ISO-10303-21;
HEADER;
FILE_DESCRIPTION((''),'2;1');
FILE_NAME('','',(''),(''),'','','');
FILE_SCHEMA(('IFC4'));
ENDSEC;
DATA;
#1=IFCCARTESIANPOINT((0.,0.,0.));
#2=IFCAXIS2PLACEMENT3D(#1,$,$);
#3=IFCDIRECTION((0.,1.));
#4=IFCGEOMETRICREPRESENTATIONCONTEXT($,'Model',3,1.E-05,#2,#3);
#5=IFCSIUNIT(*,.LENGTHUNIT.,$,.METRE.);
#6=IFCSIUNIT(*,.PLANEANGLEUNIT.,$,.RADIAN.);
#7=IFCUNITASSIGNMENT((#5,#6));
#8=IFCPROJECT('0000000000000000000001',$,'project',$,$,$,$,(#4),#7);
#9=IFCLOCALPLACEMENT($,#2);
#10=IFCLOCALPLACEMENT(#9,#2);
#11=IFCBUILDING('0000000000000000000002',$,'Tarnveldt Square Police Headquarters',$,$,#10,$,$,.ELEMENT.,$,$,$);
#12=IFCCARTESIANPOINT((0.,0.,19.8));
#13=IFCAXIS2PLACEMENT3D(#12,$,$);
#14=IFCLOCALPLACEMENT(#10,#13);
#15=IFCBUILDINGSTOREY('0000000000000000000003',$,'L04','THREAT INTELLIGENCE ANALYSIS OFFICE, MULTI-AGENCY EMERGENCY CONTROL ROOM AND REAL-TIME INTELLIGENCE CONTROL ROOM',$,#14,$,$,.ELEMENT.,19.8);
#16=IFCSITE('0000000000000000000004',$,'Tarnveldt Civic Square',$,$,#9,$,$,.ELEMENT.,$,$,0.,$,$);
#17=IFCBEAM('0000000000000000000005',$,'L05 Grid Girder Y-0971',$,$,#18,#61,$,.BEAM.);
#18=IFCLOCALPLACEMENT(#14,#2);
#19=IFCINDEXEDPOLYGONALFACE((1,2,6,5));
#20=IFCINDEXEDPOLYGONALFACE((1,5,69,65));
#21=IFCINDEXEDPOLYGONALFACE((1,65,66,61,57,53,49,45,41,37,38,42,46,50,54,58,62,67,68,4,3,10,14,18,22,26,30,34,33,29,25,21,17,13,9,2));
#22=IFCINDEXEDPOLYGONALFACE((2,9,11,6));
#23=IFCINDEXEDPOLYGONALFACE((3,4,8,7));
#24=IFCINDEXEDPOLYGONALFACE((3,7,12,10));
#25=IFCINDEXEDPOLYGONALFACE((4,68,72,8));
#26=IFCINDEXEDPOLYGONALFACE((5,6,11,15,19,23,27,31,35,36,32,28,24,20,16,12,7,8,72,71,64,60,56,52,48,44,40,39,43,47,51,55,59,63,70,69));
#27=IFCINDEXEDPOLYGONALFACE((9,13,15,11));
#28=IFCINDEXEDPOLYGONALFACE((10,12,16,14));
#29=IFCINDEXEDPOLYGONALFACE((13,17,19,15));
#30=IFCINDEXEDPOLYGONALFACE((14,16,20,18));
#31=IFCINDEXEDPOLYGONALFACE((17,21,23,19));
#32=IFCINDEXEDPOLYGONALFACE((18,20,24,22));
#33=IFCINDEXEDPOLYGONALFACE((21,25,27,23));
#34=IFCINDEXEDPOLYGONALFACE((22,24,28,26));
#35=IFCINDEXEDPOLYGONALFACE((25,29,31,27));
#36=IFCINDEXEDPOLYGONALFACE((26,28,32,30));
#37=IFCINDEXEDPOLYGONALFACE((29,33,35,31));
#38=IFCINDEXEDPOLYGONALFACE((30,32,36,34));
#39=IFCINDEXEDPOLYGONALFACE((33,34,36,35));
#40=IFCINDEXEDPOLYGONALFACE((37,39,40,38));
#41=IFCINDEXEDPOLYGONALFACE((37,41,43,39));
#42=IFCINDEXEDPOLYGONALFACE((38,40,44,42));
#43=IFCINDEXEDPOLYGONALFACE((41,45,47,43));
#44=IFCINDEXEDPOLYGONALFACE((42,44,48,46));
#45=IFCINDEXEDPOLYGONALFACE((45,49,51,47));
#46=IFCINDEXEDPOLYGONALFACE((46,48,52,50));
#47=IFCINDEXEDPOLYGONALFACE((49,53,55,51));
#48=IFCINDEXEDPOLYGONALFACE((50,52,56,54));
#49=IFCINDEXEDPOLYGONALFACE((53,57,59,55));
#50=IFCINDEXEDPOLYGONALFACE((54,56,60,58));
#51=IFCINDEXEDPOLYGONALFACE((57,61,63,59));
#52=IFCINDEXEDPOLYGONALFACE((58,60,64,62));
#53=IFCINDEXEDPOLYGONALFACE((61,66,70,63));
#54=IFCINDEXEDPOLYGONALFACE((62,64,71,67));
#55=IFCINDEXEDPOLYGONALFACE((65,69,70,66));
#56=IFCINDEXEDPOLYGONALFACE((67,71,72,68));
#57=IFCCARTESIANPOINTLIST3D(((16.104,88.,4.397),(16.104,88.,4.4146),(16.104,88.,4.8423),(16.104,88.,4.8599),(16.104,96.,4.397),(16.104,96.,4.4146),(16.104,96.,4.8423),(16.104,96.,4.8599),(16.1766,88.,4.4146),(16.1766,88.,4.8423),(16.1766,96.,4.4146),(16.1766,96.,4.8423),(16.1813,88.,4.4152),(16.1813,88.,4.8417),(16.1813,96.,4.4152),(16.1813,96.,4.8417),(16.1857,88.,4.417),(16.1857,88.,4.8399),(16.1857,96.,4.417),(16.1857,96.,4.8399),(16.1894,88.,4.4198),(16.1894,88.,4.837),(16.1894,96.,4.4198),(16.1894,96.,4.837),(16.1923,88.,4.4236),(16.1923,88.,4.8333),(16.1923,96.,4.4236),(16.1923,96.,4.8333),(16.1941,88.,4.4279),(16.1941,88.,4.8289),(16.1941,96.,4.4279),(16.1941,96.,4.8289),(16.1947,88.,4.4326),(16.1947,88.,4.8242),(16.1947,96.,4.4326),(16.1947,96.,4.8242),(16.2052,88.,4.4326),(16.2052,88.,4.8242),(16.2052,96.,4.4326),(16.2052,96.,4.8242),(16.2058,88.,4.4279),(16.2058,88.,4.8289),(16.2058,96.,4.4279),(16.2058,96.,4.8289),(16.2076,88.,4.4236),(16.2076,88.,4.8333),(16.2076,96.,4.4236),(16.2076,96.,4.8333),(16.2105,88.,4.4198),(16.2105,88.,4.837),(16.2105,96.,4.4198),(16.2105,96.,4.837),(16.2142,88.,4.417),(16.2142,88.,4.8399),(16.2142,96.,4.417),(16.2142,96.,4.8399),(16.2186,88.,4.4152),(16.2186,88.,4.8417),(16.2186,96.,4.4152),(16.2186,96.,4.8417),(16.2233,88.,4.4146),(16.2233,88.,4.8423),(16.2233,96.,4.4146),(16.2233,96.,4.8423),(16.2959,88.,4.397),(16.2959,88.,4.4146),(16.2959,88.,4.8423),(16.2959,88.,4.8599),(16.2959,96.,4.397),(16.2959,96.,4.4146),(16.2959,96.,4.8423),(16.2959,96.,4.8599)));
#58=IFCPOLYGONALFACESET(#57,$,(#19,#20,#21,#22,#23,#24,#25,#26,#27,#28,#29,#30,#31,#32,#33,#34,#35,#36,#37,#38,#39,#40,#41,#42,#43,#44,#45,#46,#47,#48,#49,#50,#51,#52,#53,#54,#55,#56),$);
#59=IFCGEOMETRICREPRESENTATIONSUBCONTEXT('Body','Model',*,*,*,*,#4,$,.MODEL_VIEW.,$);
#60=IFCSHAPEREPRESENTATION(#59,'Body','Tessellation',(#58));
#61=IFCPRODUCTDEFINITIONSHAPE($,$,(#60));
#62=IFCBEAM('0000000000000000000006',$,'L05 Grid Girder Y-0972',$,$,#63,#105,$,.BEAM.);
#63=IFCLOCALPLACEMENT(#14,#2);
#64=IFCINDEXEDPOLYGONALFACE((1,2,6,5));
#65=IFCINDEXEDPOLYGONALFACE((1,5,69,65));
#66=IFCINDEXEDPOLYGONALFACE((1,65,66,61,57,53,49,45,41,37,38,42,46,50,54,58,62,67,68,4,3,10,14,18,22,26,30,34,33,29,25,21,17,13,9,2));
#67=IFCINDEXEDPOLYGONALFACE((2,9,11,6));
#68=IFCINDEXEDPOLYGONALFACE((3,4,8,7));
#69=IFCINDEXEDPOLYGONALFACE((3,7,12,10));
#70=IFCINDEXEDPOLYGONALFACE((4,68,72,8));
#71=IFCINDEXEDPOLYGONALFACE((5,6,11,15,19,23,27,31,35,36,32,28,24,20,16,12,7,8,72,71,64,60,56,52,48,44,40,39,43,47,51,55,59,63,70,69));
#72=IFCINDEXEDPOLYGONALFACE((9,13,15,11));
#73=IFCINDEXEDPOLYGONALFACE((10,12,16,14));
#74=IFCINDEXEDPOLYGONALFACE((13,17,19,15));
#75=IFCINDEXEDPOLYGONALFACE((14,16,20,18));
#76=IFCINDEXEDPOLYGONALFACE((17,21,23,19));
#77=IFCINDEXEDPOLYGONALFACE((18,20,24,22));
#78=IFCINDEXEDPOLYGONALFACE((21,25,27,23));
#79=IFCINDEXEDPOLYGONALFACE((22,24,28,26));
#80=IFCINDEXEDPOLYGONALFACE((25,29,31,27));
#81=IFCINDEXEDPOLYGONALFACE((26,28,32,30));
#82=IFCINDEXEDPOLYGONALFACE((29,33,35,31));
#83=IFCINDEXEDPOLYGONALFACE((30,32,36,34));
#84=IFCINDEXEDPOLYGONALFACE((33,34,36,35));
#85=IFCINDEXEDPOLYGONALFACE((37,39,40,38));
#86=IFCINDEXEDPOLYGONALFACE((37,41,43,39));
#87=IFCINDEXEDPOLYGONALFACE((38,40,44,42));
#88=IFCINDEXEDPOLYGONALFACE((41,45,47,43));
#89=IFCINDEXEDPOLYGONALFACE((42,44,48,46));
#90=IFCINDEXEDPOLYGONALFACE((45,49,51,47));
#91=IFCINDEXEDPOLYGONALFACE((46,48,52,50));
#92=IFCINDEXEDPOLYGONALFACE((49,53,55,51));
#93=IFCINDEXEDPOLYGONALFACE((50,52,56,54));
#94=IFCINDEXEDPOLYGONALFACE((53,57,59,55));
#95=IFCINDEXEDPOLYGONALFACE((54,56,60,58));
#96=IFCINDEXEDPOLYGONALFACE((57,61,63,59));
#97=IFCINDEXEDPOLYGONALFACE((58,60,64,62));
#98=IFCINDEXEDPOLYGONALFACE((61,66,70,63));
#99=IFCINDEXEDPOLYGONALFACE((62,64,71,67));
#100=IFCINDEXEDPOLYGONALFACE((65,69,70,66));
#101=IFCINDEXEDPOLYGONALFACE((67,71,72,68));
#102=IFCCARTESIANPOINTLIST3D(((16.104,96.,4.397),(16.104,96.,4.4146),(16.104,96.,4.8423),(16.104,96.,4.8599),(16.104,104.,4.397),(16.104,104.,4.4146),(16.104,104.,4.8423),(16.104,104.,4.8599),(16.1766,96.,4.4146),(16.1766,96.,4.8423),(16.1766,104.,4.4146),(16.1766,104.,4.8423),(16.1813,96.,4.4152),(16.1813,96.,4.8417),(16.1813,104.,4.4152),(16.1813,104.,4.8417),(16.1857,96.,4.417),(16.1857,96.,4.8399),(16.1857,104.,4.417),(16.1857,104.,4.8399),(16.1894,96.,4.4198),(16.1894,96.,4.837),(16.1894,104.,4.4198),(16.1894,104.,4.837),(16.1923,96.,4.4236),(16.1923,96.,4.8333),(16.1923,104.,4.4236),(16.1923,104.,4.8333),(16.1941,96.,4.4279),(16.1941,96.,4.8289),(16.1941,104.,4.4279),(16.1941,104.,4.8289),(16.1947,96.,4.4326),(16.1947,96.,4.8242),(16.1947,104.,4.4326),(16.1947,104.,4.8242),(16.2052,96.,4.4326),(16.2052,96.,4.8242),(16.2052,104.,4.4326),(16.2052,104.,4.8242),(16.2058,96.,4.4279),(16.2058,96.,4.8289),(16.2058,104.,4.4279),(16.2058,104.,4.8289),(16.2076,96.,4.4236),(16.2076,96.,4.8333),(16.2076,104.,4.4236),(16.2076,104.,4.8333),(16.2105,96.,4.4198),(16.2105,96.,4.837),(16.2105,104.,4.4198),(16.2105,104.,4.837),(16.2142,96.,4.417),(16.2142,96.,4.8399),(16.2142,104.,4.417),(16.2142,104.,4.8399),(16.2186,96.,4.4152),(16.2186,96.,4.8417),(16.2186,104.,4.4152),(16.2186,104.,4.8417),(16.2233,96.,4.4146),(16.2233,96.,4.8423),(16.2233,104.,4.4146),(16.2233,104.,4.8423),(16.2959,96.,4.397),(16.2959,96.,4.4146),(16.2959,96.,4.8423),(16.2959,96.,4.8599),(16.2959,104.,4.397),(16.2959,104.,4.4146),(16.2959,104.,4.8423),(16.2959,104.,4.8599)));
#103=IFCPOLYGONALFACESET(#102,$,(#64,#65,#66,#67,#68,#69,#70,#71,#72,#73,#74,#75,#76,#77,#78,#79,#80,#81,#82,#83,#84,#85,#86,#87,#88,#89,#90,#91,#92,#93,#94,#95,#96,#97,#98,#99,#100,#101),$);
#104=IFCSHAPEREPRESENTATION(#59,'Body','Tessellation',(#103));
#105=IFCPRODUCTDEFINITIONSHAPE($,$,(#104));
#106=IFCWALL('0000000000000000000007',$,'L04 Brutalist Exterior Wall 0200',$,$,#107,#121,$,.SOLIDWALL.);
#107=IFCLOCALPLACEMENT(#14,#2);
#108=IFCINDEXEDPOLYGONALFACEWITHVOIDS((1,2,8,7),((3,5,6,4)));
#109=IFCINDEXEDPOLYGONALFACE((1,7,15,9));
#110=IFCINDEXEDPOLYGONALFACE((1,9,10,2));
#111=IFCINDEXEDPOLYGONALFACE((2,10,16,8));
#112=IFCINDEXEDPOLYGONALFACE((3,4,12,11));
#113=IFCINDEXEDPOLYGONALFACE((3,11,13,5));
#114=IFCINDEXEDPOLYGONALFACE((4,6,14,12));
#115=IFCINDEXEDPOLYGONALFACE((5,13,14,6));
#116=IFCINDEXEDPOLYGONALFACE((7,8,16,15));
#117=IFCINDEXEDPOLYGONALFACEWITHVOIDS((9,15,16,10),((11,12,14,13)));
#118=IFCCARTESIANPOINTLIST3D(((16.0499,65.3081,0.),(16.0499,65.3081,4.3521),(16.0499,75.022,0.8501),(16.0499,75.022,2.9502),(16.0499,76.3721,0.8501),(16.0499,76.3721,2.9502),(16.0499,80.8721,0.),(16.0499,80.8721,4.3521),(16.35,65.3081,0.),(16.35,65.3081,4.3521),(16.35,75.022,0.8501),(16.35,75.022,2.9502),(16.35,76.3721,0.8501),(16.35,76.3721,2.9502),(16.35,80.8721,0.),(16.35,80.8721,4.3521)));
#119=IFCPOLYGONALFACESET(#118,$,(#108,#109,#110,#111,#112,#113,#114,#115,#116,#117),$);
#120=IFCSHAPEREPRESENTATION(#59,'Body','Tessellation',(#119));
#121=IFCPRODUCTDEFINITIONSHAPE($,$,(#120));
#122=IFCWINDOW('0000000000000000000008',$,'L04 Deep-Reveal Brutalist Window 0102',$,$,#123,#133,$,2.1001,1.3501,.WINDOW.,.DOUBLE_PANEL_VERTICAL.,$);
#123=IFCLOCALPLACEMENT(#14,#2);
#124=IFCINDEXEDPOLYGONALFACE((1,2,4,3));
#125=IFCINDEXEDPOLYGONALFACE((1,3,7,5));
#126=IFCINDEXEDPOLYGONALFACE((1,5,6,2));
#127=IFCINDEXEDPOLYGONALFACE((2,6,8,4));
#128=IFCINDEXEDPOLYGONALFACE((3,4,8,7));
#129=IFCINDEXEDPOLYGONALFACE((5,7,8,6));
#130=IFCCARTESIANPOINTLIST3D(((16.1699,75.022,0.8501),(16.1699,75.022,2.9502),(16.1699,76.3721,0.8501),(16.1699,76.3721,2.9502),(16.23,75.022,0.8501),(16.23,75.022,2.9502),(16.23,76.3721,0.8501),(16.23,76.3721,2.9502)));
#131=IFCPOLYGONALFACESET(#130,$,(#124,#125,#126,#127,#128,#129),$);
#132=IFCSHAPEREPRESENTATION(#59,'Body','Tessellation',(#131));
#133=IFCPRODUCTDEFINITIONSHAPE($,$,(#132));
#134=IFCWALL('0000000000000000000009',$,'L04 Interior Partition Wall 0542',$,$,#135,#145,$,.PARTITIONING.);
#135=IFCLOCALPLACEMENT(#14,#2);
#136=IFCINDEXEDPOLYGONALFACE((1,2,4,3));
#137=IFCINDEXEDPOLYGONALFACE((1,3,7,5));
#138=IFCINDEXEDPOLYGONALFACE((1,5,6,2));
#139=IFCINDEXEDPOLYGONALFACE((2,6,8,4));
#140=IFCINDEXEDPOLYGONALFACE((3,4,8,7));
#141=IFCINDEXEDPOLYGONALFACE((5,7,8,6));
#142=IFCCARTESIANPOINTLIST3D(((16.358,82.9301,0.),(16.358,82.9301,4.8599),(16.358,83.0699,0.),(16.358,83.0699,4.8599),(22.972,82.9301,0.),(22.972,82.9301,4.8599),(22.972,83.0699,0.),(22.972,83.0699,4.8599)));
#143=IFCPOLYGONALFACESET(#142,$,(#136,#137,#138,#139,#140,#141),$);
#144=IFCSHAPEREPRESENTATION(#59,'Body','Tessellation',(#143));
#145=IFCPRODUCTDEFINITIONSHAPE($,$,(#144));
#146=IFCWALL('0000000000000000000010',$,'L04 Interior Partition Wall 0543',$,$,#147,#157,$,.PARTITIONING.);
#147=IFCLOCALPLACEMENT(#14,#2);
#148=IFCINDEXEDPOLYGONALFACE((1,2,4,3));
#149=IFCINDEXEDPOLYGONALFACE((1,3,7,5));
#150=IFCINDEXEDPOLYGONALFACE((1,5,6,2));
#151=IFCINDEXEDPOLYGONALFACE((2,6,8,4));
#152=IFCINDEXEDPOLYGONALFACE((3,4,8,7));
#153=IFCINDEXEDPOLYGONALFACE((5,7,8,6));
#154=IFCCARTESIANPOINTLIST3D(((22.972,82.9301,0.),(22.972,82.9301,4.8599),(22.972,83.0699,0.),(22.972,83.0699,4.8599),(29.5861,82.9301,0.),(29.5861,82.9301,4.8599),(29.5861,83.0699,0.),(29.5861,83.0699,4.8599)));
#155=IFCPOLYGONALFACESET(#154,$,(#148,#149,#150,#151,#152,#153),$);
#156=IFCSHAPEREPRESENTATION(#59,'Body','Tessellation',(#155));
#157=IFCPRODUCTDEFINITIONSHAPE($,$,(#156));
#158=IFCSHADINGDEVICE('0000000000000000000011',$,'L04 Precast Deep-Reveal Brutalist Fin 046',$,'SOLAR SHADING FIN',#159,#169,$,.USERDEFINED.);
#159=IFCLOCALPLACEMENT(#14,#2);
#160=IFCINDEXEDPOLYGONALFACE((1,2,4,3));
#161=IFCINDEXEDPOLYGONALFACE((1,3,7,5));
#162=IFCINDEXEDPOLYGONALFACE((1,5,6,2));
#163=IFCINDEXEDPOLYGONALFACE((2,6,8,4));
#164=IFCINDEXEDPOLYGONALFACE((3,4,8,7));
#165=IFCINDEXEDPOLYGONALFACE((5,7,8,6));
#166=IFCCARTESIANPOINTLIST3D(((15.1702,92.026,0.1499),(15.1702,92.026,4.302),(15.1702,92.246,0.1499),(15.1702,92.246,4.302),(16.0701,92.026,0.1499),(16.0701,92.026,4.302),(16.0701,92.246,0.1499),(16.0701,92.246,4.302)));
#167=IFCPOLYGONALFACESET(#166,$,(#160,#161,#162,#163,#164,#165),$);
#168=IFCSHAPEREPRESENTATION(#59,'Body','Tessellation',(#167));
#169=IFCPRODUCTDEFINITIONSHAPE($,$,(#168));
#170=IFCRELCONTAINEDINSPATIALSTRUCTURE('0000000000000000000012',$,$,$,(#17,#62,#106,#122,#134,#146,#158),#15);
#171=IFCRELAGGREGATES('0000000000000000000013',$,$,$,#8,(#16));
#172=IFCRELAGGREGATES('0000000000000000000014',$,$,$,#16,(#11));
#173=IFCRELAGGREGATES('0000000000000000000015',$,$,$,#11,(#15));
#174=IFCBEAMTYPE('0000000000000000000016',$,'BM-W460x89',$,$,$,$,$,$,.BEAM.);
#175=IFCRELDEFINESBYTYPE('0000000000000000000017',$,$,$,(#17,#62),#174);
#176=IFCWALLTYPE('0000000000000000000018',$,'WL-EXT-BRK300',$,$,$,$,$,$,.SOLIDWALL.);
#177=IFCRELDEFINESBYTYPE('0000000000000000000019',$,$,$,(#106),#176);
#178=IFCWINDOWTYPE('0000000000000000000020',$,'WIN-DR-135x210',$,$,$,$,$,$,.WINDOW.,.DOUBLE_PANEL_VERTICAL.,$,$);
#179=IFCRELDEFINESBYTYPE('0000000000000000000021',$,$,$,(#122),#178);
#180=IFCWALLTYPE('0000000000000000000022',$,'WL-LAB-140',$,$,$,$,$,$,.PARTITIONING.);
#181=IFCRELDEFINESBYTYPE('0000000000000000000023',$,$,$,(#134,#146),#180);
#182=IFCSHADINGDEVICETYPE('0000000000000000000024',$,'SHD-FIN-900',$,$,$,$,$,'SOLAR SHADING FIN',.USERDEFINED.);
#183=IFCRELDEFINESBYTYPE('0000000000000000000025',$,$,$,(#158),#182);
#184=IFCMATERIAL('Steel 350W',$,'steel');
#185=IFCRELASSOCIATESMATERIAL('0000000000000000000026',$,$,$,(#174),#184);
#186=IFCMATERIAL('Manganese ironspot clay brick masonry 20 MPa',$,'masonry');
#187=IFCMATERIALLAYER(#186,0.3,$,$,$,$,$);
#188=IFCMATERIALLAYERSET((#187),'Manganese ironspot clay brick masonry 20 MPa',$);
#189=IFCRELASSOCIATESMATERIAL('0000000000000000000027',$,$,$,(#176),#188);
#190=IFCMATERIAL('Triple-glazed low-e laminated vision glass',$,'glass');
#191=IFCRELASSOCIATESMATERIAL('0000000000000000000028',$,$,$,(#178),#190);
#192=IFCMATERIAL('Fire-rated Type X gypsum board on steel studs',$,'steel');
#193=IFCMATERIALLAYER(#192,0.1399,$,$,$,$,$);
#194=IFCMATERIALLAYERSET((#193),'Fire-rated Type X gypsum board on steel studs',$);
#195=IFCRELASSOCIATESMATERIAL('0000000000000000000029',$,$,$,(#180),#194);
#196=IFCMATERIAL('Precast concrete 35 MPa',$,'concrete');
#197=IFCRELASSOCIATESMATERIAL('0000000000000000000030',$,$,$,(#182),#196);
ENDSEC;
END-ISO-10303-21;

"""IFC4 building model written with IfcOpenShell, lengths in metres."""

from ifc_helpers import new_model, si_unit, direction, frame, frame_2d, origin, origin_2d, place, context, subcontext, project, spatial, rectangle, i_section, extrude, material, layer, layer_set, material_profile, profile_set, type_object, element, fill, save


model = new_model("IFC4")

# Units and contexts
model_context = context("Model", 3, precision=1e-05, world=origin(), true_north=direction((0.0, 1.0)))
body_context = subcontext(model_context, "Body", "Model", "MODEL_VIEW")
ifc_project = project(units=[si_unit("LENGTHUNIT", "METRE"), si_unit("PLANEANGLEUNIT", "RADIAN")], contexts=[model_context])

# Site, building, storey
site_placement = place(None, origin())
site = spatial("IfcSite", under=ifc_project, at=site_placement, Name="Tarnveldt Civic Square", CompositionType="ELEMENT", RefElevation=0.0)
building_placement = place(site_placement, origin())
building = spatial("IfcBuilding", under=site, at=building_placement, Name="Tarnveldt Square Police Headquarters", CompositionType="ELEMENT")
storey_placement = place(building_placement, frame((0.0, 0.0, 19.8)))
storey = spatial("IfcBuildingStorey", under=building, at=storey_placement, Name="L04", Description="THREAT INTELLIGENCE ANALYSIS OFFICE, MULTI-AGENCY EMERGENCY CONTROL ROOM AND REAL-TIME INTELLIGENCE CONTROL ROOM", CompositionType="ELEMENT", Elevation=19.8)

# Beams
ifc_material_1 = material(Name="Steel 350W", Category="steel")
ifc_material_profile_1 = material_profile(ifc_material_1, i_section(OverallWidth=0.1919, OverallDepth=0.4629, WebThickness=0.0105, FlangeThickness=0.0176, FilletRadius=0.0181, at=origin_2d()), Name="W460x89")
ifc_profile_set_1 = profile_set([ifc_material_profile_1], Name="Steel 350W")
beam_type_1 = type_object("IfcBeamType", Name="BM-W460x89", PredefinedType="BEAM", material=ifc_profile_set_1)
for number, where, z_axis, x_axis, name in (
    (1, (16.2, 88.0, 4.6284), (0.0, 1.0, 0.0), (-1.0, 0.0, 0.0), "L05 Grid Girder Y-0971"),
    (2, (16.2, 96.0, 4.6284), (0.0, 1.0, 0.0), (-1.0, 0.0, 0.0), "L05 Grid Girder Y-0972"),
):
    element("IfcBeam", number, at=place(storey_placement, frame(where, z_axis=z_axis, x_axis=x_axis)), inside=storey, type_object=beam_type_1, Name=name, PredefinedType="BEAM", context=body_context, shape_type="SweptSolid", body=[
        extrude(i_section(OverallWidth=0.1919, OverallDepth=0.4629, WebThickness=0.0105, FlangeThickness=0.0176, FilletRadius=0.0181, at=origin_2d()), origin(), (0.0, 0.0, 1.0), 8.0),
    ])

# Wall, opening, window
ifc_material_2 = material(Name="Manganese ironspot clay brick masonry 20 MPa", Category="masonry")
ifc_layer_1 = layer(ifc_material_2, 0.3)
ifc_layer_set_1 = layer_set([ifc_layer_1], Name="Manganese ironspot clay brick masonry 20 MPa")
wall_type_1 = type_object("IfcWallType", Name="WL-EXT-BRK300", PredefinedType="SOLIDWALL", material=ifc_layer_set_1)
wall_placement = place(storey_placement, frame((16.2, 80.8721, 0.0), z_axis=(0.0, 0.0, 1.0), x_axis=(0.0, -1.0, 0.0)))
wall = element("IfcWall", 3, at=wall_placement, inside=storey, type_object=wall_type_1, Name="L04 Brutalist Exterior Wall 0200", PredefinedType="SOLIDWALL", context=body_context, shape_type="SweptSolid", body=[
    extrude(rectangle(XDim=15.564, YDim=0.3, at=frame_2d((7.782, 0.0))), origin(), (0.0, 0.0, 1.0), 4.3521),
])
opening_placement = place(wall_placement, frame((4.5, 0.0, 0.8501)))
opening = element("IfcOpeningElement", 4, at=opening_placement, cuts=wall, PredefinedType="OPENING", context=body_context, shape_type="SweptSolid", body=[
    extrude(rectangle(XDim=1.3501, YDim=2.1001, at=frame_2d((0.675, 1.05))), frame((0.0, 0.1599, 0.0), z_axis=(0.0, -1.0, 0.0), x_axis=(1.0, 0.0, 0.0)), (0.0, 0.0, 1.0), 0.3201),
])
ifc_material_3 = material(Name="Triple-glazed low-e laminated vision glass", Category="glass")
window_type = type_object("IfcWindowType", Name="WIN-DR-135x210", PartitioningType="DOUBLE_PANEL_VERTICAL", PredefinedType="WINDOW", material=ifc_material_3)
window_placement = place(opening_placement, origin())
window = element("IfcWindow", 5, at=window_placement, inside=storey, type_object=window_type, Name="L04 Deep-Reveal Brutalist Window 0102", OverallHeight=2.1001, OverallWidth=1.3501, PartitioningType="DOUBLE_PANEL_VERTICAL", PredefinedType="WINDOW", context=body_context, shape_type="SweptSolid", body=[
    extrude(rectangle(XDim=1.3501, YDim=2.1001, at=frame_2d((0.675, 1.05))), frame((0.0, 0.03, 0.0), z_axis=(0.0, -1.0, 0.0), x_axis=(1.0, 0.0, 0.0)), (0.0, 0.0, 1.0), 0.0601),
])
fill(opening, window)

# Walls
ifc_material_4 = material(Name="Fire-rated Type X gypsum board on steel studs", Category="steel")
ifc_layer_2 = layer(ifc_material_4, 0.1399)
ifc_layer_set_2 = layer_set([ifc_layer_2], Name="Fire-rated Type X gypsum board on steel studs")
wall_type_2 = type_object("IfcWallType", Name="WL-LAB-140", PredefinedType="PARTITIONING", material=ifc_layer_set_2)
for number, where, z_axis, x_axis, name in (
    (6, (16.3579, 83.0, 0.0), (0.0, 0.0, 1.0), (1.0, 0.0, 0.0), "L04 Interior Partition Wall 0542"),
    (7, (22.9719, 83.0, 0.0), (0.0, 0.0, 1.0), (1.0, 0.0, 0.0), "L04 Interior Partition Wall 0543"),
):
    element("IfcWall", number, at=place(storey_placement, frame(where, z_axis=z_axis, x_axis=x_axis)), inside=storey, type_object=wall_type_2, Name=name, PredefinedType="PARTITIONING", context=body_context, shape_type="SweptSolid", body=[
        extrude(rectangle(XDim=6.614, YDim=0.1399, at=frame_2d((3.3071, 0.0))), origin(), (0.0, 0.0, 1.0), 4.8599),
    ])

# Shading device
ifc_material_5 = material(Name="Precast concrete 35 MPa", Category="concrete")
ifc_material_profile_2 = material_profile(ifc_material_5, rectangle(XDim=0.22, YDim=0.8999, at=origin_2d()), Name="PC-FIN220x900")
ifc_profile_set_2 = profile_set([ifc_material_profile_2], Name="Precast concrete 35 MPa")
shading_device_type = type_object("IfcShadingDeviceType", Name="SHD-FIN-900", ElementType="SOLAR SHADING FIN", PredefinedType="USERDEFINED", material=ifc_profile_set_2)
shading_device_placement = place(storey_placement, frame((15.6201, 92.136, 0.1499), z_axis=(0.0, 0.0, 1.0), x_axis=(0.0, -1.0, 0.0)))
element("IfcShadingDevice", 8, at=shading_device_placement, inside=storey, type_object=shading_device_type, Name="L04 Precast Deep-Reveal Brutalist Fin 046", ObjectType="SOLAR SHADING FIN", PredefinedType="USERDEFINED", context=body_context, shape_type="SweptSolid", body=[
    extrude(rectangle(XDim=0.22, YDim=0.8999, at=origin_2d()), origin(), (0.0, 0.0, 1.0), 4.1521),
])

save(model, "model.ifc")
